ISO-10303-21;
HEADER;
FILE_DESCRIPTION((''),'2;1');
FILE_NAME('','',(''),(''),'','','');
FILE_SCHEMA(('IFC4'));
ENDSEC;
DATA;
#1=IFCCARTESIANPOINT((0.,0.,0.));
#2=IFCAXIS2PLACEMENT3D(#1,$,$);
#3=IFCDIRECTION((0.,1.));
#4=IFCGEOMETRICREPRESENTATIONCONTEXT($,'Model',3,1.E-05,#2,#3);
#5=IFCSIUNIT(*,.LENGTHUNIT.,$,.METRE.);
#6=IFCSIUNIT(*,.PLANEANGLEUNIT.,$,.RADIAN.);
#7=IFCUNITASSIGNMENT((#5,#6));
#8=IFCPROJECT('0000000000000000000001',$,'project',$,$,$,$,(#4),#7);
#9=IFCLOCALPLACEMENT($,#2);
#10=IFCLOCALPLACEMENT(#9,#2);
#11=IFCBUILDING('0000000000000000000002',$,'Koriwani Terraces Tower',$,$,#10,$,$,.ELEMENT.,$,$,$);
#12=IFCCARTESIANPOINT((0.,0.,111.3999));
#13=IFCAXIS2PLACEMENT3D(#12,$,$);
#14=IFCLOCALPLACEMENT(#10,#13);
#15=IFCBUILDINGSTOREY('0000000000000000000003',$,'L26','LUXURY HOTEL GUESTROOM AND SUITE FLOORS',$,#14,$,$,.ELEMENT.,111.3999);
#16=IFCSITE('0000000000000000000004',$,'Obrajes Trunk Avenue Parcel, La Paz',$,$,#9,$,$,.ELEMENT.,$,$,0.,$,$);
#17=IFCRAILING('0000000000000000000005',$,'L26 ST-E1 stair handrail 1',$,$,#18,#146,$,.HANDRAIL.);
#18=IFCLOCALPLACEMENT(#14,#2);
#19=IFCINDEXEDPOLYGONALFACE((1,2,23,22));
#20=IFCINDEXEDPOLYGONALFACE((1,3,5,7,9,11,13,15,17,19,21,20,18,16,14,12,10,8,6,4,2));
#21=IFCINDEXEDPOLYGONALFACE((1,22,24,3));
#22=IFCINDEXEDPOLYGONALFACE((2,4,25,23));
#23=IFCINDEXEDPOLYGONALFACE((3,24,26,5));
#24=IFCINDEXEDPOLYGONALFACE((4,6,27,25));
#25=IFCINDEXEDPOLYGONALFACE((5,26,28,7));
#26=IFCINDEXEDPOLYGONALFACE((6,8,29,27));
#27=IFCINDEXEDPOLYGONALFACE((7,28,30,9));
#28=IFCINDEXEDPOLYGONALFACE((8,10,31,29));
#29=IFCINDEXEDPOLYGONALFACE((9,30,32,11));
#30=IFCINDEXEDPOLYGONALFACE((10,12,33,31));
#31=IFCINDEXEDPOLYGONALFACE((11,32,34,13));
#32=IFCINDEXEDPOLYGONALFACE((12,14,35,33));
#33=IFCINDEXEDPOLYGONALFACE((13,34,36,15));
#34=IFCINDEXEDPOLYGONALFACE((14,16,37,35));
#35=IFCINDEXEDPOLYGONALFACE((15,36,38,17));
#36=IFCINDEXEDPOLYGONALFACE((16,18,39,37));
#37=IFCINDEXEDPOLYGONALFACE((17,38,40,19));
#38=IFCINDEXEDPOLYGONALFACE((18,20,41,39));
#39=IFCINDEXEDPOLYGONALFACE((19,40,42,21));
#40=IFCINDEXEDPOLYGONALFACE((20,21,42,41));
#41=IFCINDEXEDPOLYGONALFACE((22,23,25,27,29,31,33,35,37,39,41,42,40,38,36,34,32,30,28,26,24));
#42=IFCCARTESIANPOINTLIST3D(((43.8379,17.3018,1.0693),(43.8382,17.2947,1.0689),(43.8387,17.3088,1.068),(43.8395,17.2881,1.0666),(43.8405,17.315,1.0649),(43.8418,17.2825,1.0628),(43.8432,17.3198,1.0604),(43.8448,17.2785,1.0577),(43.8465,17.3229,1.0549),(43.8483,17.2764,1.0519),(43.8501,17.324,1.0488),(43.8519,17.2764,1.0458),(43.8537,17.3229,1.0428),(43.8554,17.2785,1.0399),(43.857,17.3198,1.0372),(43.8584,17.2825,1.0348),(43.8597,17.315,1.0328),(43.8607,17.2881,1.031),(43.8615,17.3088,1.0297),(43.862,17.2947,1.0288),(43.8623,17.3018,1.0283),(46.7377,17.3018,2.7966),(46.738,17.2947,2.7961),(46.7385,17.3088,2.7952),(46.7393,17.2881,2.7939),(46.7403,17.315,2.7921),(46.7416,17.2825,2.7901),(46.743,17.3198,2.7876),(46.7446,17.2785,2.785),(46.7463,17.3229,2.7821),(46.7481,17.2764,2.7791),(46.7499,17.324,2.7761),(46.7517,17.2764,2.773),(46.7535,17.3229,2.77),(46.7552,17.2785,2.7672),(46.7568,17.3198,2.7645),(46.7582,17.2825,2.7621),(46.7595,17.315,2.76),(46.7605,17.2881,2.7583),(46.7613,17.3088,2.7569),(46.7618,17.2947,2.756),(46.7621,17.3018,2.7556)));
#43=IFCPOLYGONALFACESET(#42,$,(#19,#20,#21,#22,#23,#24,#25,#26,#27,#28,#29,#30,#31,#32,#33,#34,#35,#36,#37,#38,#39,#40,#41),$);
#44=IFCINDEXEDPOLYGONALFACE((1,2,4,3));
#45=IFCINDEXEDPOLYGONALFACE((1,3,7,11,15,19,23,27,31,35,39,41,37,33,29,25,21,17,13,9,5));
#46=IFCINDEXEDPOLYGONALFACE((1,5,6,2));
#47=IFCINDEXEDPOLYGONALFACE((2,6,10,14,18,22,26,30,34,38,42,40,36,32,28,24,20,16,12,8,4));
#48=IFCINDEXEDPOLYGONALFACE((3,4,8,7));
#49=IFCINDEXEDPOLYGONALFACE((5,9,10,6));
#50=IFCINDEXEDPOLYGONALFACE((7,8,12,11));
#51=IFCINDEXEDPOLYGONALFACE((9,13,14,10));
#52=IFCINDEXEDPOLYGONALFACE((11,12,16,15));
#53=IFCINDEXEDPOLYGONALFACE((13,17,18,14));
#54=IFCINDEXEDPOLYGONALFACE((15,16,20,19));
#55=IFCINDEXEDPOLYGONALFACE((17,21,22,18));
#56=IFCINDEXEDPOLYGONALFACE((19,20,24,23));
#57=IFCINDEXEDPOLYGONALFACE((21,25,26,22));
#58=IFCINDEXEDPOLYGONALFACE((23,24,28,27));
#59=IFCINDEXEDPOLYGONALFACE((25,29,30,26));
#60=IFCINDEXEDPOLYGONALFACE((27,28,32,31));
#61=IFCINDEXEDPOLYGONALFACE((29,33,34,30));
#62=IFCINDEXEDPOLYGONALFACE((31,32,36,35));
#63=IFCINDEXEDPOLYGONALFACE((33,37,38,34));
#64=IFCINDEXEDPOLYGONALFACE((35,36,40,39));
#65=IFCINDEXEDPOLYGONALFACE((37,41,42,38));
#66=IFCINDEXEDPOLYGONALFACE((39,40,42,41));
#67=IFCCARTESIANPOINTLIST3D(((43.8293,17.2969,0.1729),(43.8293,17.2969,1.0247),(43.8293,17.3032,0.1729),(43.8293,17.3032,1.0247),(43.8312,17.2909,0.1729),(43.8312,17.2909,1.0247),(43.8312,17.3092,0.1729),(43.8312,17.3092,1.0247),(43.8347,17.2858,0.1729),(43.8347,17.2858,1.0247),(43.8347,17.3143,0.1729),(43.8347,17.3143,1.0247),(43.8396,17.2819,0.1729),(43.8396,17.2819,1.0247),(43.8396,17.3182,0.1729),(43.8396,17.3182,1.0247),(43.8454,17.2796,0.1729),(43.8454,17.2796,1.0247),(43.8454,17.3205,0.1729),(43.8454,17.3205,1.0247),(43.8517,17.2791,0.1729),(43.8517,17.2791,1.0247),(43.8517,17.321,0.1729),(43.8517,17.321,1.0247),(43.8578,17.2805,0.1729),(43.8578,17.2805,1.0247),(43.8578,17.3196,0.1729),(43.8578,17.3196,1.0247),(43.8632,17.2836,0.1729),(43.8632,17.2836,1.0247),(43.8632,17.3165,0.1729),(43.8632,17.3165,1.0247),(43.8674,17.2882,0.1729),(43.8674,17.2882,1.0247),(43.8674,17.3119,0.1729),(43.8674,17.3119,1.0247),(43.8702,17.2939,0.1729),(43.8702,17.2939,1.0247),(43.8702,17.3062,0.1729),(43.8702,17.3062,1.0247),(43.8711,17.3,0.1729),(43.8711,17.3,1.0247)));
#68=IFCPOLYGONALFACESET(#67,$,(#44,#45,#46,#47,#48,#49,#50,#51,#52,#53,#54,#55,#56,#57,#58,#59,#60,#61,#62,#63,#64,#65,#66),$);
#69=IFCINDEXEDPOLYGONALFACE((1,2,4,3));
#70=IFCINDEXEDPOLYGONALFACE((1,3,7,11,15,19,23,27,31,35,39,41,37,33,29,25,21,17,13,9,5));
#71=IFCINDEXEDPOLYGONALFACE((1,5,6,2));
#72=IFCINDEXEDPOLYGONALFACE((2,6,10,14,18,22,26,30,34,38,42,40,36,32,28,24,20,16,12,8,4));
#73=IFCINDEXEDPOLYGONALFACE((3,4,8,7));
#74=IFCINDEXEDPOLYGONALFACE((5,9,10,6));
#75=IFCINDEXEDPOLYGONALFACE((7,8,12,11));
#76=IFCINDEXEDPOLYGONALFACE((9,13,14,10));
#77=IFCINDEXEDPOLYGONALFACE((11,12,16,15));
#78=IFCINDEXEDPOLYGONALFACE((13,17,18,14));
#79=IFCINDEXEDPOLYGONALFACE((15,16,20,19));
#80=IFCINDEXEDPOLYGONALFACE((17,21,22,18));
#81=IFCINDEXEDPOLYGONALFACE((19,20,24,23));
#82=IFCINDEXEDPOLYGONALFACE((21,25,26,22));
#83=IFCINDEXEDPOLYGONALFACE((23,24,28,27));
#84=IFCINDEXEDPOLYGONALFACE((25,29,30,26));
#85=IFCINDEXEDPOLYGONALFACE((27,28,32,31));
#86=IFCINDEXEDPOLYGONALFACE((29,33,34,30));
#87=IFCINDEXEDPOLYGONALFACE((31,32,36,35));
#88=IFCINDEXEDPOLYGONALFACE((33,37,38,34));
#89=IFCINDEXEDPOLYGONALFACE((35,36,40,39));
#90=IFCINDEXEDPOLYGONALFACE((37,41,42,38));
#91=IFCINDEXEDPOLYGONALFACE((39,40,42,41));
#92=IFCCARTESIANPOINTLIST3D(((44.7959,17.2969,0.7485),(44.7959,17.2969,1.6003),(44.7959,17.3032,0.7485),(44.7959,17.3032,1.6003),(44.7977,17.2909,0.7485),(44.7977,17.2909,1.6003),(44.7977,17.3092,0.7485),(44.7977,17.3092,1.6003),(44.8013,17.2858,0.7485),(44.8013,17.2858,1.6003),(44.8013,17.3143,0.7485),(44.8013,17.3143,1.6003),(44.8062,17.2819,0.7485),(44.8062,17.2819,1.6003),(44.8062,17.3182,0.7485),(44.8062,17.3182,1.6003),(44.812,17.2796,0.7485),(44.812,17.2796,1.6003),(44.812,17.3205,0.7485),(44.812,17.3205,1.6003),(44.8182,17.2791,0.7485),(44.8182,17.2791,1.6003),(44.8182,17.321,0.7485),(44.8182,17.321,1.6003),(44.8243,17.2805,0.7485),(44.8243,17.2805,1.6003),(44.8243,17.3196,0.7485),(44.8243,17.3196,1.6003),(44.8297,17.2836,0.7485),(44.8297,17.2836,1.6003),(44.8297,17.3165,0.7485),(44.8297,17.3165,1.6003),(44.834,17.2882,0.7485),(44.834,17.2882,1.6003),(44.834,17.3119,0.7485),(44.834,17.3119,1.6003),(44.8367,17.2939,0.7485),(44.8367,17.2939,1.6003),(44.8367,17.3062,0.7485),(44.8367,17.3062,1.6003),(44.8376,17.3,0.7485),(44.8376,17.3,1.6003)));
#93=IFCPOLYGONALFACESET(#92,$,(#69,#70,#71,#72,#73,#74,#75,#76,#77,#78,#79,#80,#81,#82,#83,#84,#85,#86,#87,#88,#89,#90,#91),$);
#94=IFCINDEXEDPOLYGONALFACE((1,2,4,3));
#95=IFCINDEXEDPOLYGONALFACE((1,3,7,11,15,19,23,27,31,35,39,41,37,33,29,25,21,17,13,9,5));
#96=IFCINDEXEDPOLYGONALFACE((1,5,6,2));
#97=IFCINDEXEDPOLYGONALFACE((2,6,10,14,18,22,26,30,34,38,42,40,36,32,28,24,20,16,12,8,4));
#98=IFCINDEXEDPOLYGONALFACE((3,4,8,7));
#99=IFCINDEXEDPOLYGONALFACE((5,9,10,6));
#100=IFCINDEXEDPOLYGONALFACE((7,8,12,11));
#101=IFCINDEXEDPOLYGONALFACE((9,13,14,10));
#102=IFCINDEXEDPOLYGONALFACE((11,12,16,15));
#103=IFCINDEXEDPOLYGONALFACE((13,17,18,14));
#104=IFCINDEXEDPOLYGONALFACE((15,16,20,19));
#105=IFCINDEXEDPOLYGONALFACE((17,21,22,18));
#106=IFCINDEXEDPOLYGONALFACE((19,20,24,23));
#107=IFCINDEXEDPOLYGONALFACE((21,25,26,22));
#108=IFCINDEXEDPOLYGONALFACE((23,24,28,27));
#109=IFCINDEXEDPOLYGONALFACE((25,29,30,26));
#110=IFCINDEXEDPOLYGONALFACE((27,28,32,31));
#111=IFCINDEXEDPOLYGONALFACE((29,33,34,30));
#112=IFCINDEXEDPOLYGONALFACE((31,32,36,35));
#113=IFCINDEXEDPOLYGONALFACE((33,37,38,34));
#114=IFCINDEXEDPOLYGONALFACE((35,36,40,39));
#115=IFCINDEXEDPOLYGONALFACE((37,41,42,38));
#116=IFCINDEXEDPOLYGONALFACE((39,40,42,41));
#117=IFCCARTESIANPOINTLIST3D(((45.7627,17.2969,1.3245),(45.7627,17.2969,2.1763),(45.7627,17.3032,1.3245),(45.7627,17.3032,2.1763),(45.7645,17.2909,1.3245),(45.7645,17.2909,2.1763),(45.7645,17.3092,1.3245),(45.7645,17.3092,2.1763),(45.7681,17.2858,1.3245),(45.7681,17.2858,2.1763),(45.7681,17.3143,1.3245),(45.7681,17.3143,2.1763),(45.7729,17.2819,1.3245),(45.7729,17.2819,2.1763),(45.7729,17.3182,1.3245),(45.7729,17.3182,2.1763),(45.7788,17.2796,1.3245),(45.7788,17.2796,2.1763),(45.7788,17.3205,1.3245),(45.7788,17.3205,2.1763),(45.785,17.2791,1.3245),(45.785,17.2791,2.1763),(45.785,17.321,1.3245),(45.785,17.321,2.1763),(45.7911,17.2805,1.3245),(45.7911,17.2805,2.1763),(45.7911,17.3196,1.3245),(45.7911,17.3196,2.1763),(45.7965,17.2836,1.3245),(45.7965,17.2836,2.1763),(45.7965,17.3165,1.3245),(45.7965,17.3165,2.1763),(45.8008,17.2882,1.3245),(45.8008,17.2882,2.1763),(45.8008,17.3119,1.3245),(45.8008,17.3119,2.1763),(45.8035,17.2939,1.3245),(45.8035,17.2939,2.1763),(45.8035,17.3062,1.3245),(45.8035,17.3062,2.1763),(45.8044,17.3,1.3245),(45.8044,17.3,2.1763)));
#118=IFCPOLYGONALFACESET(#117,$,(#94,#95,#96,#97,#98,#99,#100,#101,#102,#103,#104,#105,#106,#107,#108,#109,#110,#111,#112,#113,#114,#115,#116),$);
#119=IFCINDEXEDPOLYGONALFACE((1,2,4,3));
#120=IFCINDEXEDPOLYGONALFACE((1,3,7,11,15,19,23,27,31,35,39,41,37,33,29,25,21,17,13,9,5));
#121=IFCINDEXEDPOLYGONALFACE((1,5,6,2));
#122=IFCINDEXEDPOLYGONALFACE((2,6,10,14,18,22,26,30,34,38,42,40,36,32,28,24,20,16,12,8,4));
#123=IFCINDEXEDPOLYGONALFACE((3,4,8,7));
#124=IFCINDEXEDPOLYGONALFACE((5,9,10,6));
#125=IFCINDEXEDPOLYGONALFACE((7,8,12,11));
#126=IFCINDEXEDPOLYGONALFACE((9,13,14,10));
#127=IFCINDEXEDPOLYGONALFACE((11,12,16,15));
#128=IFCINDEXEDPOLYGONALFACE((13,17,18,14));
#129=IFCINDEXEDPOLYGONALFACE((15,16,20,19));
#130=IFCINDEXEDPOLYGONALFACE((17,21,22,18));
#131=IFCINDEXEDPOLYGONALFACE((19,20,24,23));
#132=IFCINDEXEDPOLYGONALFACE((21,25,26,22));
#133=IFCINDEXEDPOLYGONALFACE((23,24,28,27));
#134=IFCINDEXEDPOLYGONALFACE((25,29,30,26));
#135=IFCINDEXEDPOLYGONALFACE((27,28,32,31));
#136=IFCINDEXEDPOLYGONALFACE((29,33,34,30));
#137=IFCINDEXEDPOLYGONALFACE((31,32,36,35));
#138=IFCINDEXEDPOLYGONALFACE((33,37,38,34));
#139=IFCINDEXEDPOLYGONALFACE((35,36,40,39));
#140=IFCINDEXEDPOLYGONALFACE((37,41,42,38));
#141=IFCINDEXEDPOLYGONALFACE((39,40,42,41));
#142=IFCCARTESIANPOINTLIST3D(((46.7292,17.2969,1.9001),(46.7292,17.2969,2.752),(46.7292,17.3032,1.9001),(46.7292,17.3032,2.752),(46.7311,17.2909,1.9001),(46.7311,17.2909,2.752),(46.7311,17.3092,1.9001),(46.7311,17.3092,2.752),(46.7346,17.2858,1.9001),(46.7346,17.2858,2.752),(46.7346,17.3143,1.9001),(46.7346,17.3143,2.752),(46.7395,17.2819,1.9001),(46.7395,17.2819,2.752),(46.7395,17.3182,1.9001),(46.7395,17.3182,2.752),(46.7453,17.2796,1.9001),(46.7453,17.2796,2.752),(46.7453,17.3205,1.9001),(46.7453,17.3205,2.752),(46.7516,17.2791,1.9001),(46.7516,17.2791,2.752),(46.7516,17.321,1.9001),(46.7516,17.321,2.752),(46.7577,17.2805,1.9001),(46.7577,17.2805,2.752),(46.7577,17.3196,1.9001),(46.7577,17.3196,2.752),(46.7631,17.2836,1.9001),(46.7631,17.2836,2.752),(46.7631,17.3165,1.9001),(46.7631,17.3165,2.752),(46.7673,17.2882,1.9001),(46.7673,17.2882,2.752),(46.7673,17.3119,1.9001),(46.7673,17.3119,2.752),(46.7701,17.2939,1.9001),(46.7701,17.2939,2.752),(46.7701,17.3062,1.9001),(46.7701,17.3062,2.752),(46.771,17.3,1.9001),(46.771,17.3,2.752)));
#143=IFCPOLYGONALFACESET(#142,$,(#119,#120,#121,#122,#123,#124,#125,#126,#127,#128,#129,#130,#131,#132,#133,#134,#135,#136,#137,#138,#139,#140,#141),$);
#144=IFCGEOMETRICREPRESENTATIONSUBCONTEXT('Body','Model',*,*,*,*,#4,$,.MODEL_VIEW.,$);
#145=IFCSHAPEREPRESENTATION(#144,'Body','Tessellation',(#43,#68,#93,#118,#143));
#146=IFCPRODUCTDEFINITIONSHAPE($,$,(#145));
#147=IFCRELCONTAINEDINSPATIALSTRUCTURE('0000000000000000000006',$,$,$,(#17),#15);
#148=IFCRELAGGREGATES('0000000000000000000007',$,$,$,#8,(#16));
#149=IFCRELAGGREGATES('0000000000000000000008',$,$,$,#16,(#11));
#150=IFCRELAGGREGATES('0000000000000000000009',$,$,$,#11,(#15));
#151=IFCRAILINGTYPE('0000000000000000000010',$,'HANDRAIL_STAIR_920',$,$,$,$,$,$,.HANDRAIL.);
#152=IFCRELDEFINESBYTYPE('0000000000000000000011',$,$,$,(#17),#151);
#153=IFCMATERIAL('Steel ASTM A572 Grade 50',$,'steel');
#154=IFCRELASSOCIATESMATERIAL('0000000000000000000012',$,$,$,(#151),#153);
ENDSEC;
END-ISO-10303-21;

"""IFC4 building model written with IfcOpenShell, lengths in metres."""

from ifc_helpers import new_model, si_unit, direction, frame, origin, origin_2d, place, context, subcontext, project, spatial, circle, extrude, material, type_object, element, save


model = new_model("IFC4")

# Units and contexts
model_context = context("Model", 3, precision=1e-05, world=origin(), true_north=direction((0.0, 1.0)))
body_context = subcontext(model_context, "Body", "Model", "MODEL_VIEW")
ifc_project = project(units=[si_unit("LENGTHUNIT", "METRE"), si_unit("PLANEANGLEUNIT", "RADIAN")], contexts=[model_context])

# Site, building, storey
site_placement = place(None, origin())
site = spatial("IfcSite", under=ifc_project, at=site_placement, Name="Obrajes Trunk Avenue Parcel, La Paz", CompositionType="ELEMENT", RefElevation=0.0)
building_placement = place(site_placement, origin())
building = spatial("IfcBuilding", under=site, at=building_placement, Name="Koriwani Terraces Tower", CompositionType="ELEMENT")
storey_placement = place(building_placement, frame((0.0, 0.0, 111.3999)))
storey = spatial("IfcBuildingStorey", under=building, at=storey_placement, Name="L26", Description="LUXURY HOTEL GUESTROOM AND SUITE FLOORS", CompositionType="ELEMENT", Elevation=111.3999)

# Shared definitions
ifc_material_1 = material(Name="Steel ASTM A572 Grade 50", Category="steel")

# Railing
railing_type_1 = type_object("IfcRailingType", Name="HANDRAIL_STAIR_920", PredefinedType="HANDRAIL", material=ifc_material_1)
for number, where, name in (
    (1, (43.8501, 17.3, 0.1729), "L26 ST-E1 stair handrail 1"),
):
    element("IfcRailing", number, at=place(storey_placement, frame(where)), inside=storey, type_object=railing_type_1, Name=name, PredefinedType="HANDRAIL", context=body_context, shape_type="SweptSolid", body=[
        extrude(circle(Radius=0.0239, at=origin_2d()), frame((0.0, 0.0, 0.876), z_axis=(0.859141, 0.0, 0.511738), x_axis=(0.0, 1.0, 0.0)), (0.0, 0.0, 1.0), 3.3752),
        extrude(circle(Radius=0.021, at=origin_2d()), origin(), (0.0, 0.0, 1.0), 0.8518),
        extrude(circle(Radius=0.021, at=origin_2d()), frame((0.9666, 0.0, 0.5757)), (0.0, 0.0, 1.0), 0.8518),
        extrude(circle(Radius=0.021, at=origin_2d()), frame((1.9333, 0.0, 1.1516)), (0.0, 0.0, 1.0), 0.8518),
        extrude(circle(Radius=0.021, at=origin_2d()), frame((2.8999, 0.0, 1.7273)), (0.0, 0.0, 1.0), 0.8518),
    ])

save(model, "model.ifc")
